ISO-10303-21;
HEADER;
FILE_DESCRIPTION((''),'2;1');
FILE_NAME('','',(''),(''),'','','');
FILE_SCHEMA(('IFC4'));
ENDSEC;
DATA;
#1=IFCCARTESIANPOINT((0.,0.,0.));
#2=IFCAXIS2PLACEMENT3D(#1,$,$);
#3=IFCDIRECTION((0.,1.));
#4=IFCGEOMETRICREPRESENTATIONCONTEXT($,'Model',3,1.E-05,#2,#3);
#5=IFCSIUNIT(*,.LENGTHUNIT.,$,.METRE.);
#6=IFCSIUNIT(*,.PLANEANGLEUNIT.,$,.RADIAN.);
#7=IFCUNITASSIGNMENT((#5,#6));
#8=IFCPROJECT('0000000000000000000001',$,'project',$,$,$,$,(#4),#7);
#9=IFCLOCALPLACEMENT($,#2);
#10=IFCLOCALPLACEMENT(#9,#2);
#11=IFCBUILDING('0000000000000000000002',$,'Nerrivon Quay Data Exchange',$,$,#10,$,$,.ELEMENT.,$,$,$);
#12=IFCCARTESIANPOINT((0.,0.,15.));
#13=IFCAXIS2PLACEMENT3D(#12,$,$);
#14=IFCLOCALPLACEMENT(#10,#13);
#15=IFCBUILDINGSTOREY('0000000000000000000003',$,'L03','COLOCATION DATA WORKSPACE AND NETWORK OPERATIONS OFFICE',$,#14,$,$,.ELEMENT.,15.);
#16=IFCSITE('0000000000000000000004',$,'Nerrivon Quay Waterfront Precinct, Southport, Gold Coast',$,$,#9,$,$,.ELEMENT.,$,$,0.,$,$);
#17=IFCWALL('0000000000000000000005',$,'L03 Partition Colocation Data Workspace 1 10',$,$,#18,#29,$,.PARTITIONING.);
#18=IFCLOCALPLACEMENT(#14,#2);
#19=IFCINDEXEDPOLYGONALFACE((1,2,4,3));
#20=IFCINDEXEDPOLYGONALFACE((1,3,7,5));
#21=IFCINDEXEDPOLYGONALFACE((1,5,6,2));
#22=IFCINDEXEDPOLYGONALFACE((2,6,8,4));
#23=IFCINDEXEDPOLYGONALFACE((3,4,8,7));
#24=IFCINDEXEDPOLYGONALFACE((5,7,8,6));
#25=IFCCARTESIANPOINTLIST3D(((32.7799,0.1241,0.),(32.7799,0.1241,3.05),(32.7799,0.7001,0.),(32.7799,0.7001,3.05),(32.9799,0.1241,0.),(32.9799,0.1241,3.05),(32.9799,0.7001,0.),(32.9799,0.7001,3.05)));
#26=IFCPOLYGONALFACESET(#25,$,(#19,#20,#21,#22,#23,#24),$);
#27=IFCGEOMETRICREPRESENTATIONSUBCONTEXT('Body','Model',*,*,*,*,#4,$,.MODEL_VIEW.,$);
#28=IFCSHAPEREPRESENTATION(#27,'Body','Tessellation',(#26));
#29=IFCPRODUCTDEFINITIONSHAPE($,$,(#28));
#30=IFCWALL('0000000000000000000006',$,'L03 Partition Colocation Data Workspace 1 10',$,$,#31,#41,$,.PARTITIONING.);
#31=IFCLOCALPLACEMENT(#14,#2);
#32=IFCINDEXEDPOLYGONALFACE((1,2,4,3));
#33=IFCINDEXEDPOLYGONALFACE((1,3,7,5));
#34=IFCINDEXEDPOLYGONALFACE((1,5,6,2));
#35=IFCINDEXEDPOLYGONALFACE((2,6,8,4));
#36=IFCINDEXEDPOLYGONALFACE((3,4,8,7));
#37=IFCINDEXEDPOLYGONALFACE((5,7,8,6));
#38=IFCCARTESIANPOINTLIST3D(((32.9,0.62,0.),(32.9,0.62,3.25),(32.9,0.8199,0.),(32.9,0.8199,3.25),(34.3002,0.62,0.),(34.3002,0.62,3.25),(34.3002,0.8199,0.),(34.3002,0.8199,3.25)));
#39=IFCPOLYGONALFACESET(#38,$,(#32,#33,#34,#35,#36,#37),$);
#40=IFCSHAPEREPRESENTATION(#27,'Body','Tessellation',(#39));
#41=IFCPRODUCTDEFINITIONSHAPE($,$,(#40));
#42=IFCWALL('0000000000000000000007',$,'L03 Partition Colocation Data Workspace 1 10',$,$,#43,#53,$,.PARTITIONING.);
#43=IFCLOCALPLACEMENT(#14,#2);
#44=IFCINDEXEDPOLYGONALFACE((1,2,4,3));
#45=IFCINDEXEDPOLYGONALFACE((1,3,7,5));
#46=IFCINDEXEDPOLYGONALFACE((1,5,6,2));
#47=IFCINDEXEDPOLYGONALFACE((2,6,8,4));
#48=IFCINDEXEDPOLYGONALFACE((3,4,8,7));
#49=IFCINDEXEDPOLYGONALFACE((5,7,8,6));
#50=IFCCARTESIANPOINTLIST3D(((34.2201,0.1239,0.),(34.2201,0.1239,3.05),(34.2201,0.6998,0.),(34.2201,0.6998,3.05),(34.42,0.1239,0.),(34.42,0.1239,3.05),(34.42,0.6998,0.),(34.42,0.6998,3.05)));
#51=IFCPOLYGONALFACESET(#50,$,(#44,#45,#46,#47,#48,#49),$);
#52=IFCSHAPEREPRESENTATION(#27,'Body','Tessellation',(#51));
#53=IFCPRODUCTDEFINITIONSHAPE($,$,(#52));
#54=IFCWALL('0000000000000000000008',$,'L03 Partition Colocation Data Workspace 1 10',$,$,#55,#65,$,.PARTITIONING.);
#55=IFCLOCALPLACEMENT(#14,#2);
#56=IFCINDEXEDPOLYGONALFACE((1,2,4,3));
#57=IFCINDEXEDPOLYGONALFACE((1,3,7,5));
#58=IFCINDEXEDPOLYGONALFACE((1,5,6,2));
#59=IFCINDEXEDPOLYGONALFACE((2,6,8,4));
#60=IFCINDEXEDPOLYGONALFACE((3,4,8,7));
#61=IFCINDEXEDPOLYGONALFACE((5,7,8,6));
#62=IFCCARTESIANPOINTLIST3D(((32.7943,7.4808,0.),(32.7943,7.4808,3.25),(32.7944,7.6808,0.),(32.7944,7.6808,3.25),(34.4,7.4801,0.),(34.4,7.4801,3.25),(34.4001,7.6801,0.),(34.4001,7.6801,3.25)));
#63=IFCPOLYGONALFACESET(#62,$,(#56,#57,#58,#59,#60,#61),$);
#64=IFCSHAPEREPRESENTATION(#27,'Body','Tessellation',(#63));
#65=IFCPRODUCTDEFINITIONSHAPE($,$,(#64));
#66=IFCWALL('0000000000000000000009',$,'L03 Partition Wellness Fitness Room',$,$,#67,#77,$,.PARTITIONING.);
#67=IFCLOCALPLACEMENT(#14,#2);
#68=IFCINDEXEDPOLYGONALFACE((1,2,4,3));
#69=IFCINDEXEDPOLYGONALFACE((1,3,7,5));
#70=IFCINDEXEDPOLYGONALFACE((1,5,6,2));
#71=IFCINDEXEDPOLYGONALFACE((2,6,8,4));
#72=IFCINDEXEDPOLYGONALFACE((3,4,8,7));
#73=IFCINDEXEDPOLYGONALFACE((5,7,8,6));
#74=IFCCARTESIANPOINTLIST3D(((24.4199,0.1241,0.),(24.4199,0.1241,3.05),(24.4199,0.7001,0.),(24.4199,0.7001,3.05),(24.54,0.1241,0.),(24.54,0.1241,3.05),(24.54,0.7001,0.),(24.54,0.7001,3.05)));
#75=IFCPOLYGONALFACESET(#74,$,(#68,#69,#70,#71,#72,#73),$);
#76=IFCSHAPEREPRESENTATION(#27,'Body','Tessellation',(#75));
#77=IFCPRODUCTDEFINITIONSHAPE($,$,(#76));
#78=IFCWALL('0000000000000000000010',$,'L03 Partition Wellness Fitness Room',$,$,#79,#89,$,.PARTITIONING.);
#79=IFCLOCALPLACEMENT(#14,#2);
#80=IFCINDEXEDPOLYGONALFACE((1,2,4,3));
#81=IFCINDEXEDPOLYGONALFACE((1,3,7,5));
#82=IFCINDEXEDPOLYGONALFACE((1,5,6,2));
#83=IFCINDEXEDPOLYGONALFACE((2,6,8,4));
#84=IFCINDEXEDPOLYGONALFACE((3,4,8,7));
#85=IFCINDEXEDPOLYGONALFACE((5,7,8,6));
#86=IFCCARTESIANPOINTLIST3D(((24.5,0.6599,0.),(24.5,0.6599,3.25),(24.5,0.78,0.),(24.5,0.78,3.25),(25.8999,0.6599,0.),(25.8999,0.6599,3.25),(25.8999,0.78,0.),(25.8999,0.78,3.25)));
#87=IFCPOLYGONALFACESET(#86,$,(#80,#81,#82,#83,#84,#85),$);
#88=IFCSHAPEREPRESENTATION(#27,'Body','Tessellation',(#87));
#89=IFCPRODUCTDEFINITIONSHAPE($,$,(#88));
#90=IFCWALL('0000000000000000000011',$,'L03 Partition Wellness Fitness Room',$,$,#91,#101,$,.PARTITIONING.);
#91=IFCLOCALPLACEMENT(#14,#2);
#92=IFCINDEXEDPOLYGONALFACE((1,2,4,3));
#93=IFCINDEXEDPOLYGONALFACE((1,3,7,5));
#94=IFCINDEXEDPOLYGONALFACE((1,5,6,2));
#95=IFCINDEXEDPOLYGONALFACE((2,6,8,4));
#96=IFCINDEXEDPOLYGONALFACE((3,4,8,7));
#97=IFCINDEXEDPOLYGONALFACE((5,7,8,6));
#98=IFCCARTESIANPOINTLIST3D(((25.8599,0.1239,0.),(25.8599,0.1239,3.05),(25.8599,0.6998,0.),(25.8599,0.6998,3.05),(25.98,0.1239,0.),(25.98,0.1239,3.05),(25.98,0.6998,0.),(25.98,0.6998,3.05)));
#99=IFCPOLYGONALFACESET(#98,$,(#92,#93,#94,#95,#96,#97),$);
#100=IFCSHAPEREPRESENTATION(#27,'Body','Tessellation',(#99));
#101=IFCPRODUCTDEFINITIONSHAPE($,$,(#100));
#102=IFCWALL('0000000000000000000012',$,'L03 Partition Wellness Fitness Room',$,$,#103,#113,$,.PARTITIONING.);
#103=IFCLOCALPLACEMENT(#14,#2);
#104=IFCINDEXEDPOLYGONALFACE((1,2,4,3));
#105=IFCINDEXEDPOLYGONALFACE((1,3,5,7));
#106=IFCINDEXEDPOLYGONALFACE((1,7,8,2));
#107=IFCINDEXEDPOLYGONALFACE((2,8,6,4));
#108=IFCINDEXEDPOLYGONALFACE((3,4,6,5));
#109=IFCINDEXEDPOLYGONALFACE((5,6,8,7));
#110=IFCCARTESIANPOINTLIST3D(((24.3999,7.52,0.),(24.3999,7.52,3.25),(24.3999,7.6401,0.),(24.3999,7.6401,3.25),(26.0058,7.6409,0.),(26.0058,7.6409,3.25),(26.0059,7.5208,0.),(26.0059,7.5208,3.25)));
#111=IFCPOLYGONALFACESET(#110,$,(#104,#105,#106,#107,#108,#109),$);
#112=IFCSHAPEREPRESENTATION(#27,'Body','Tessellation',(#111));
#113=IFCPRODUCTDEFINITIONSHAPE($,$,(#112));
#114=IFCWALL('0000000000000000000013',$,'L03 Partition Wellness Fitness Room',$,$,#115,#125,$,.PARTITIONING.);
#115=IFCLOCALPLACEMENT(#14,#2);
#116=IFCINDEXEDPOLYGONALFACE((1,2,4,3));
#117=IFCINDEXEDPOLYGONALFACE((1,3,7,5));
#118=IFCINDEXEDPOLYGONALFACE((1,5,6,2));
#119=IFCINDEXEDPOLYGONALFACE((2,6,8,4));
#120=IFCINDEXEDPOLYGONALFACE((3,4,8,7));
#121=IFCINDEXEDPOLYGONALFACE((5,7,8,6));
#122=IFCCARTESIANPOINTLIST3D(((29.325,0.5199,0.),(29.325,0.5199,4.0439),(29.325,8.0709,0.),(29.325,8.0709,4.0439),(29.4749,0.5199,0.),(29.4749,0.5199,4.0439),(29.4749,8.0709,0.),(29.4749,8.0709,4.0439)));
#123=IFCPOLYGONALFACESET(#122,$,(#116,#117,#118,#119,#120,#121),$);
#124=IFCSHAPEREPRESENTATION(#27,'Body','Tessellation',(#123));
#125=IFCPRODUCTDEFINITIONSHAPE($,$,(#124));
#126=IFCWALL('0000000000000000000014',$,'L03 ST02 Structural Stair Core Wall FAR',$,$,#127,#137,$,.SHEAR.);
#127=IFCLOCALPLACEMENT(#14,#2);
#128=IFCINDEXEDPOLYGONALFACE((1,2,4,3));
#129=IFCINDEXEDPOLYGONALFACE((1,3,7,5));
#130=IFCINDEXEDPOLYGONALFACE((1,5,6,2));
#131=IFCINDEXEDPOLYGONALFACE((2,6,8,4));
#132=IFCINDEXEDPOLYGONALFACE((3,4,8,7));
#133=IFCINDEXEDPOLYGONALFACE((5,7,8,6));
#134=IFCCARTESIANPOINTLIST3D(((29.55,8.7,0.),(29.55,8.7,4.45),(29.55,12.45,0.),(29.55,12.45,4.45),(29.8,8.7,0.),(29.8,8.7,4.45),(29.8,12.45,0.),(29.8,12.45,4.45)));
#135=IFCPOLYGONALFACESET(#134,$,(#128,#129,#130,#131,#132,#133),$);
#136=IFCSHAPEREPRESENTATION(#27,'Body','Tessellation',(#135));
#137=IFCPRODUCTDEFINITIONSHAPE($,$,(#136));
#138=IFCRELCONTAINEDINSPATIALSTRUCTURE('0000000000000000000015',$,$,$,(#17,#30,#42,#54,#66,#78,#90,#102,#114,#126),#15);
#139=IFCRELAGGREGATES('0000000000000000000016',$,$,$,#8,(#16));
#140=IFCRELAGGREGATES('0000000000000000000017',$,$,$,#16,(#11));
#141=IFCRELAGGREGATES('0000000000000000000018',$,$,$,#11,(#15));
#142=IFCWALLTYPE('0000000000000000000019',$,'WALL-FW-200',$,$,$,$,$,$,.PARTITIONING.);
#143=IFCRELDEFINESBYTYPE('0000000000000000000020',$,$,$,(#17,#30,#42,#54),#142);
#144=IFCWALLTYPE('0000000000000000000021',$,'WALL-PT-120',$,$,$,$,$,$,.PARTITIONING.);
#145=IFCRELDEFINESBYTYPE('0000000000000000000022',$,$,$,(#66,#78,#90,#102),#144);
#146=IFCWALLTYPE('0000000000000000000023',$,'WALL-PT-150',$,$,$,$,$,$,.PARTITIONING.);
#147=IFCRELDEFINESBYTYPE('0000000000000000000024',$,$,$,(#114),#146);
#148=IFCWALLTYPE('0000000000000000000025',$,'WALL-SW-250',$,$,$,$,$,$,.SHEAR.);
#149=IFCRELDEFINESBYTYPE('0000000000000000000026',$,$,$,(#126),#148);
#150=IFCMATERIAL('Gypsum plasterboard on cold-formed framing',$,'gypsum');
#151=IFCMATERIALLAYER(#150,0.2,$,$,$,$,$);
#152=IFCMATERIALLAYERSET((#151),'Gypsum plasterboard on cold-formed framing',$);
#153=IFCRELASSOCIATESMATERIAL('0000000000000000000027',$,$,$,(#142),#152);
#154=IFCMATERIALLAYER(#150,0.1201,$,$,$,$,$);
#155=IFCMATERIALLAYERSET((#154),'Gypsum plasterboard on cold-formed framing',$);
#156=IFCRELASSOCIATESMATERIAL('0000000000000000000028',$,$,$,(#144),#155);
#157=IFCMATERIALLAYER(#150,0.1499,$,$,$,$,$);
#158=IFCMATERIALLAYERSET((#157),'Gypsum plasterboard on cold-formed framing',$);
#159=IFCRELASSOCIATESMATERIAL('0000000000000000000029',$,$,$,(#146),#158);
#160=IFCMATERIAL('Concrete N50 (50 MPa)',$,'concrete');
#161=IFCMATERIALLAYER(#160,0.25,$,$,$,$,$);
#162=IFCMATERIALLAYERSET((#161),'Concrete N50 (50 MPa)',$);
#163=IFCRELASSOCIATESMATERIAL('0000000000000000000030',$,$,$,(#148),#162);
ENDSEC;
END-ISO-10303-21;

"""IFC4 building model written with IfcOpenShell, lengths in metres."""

from ifc_helpers import new_model, si_unit, direction, frame, frame_2d, origin, place, context, subcontext, project, spatial, rectangle, extrude, material, layer, layer_set, type_object, element, save


model = new_model("IFC4")

# Units and contexts
model_context = context("Model", 3, precision=1e-05, world=origin(), true_north=direction((0.0, 1.0)))
body_context = subcontext(model_context, "Body", "Model", "MODEL_VIEW")
ifc_project = project(units=[si_unit("LENGTHUNIT", "METRE"), si_unit("PLANEANGLEUNIT", "RADIAN")], contexts=[model_context])

# Site, building, storey
site_placement = place(None, origin())
site = spatial("IfcSite", under=ifc_project, at=site_placement, Name="Nerrivon Quay Waterfront Precinct, Southport, Gold Coast", CompositionType="ELEMENT", RefElevation=0.0)
building_placement = place(site_placement, origin())
building = spatial("IfcBuilding", under=site, at=building_placement, Name="Nerrivon Quay Data Exchange", CompositionType="ELEMENT")
storey_placement = place(building_placement, frame((0.0, 0.0, 15.0)))
storey = spatial("IfcBuildingStorey", under=building, at=storey_placement, Name="L03", Description="COLOCATION DATA WORKSPACE AND NETWORK OPERATIONS OFFICE", CompositionType="ELEMENT", Elevation=15.0)

# Shared definitions
ifc_material_1 = material(Name="Concrete N50 (50 MPa)", Category="concrete")

# Walls
ifc_material_2 = material(Name="Gypsum plasterboard on cold-formed framing", Category="gypsum")
ifc_layer_1 = layer(ifc_material_2, 0.2)
ifc_layer_set_1 = layer_set([ifc_layer_1], Name="Gypsum plasterboard on cold-formed framing")
wall_type_1 = type_object("IfcWallType", Name="WALL-FW-200", PredefinedType="PARTITIONING", material=ifc_layer_set_1)
wall_1_placement = place(storey_placement, frame((32.8799, 0.124, 0.0), z_axis=(0.0, 0.0, 1.0), x_axis=(0.0, 1.0, 0.0)))
element("IfcWall", 1, at=wall_1_placement, inside=storey, type_object=wall_type_1, Name="L03 Partition Colocation Data Workspace 1 10", PredefinedType="PARTITIONING", context=body_context, shape_type="SweptSolid", body=[
    extrude(rectangle(XDim=0.5759, YDim=0.2, at=frame_2d((0.2881, 0.0))), origin(), (0.0, 0.0, 1.0), 3.05),
])
wall_2_placement = place(storey_placement, frame((32.8999, 0.72, 0.0), z_axis=(0.0, 0.0, 1.0), x_axis=(1.0, 0.0, 0.0)))
element("IfcWall", 2, at=wall_2_placement, inside=storey, type_object=wall_type_1, Name="L03 Partition Colocation Data Workspace 1 10", PredefinedType="PARTITIONING", context=body_context, shape_type="SweptSolid", body=[
    extrude(rectangle(XDim=1.4001, YDim=0.2, at=frame_2d((0.7002, 0.0))), origin(), (0.0, 0.0, 1.0), 3.25),
])
wall_3_placement = place(storey_placement, frame((34.3201, 0.7, 0.0), z_axis=(0.0, 0.0, 1.0), x_axis=(0.0, -1.0, 0.0)))
element("IfcWall", 3, at=wall_3_placement, inside=storey, type_object=wall_type_1, Name="L03 Partition Colocation Data Workspace 1 10", PredefinedType="PARTITIONING", context=body_context, shape_type="SweptSolid", body=[
    extrude(rectangle(XDim=0.5759, YDim=0.2, at=frame_2d((0.2881, 0.0))), origin(), (0.0, 0.0, 1.0), 3.05),
])
wall_4_placement = place(storey_placement, frame((34.3999, 7.5801, 0.0), z_axis=(0.0, 0.0, 1.0), x_axis=(-1.0, 0.000456, 0.0)))
element("IfcWall", 4, at=wall_4_placement, inside=storey, type_object=wall_type_1, Name="L03 Partition Colocation Data Workspace 1 10", PredefinedType="PARTITIONING", context=body_context, shape_type="SweptSolid", body=[
    extrude(rectangle(XDim=1.6057, YDim=0.2, at=frame_2d((0.8027, 0.0))), origin(), (0.0, 0.0, 1.0), 3.25),
])
ifc_layer_2 = layer(ifc_material_2, 0.1201)
ifc_layer_set_2 = layer_set([ifc_layer_2], Name="Gypsum plasterboard on cold-formed framing")
wall_type_2 = type_object("IfcWallType", Name="WALL-PT-120", PredefinedType="PARTITIONING", material=ifc_layer_set_2)
wall_5_placement = place(storey_placement, frame((24.48, 0.124, 0.0), z_axis=(0.0, 0.0, 1.0), x_axis=(0.0, 1.0, 0.0)))
element("IfcWall", 5, at=wall_5_placement, inside=storey, type_object=wall_type_2, Name="L03 Partition Wellness Fitness Room", PredefinedType="PARTITIONING", context=body_context, shape_type="SweptSolid", body=[
    extrude(rectangle(XDim=0.5759, YDim=0.1201, at=frame_2d((0.2881, 0.0))), origin(), (0.0, 0.0, 1.0), 3.05),
])
wall_6_placement = place(storey_placement, frame((24.5, 0.72, 0.0), z_axis=(0.0, 0.0, 1.0), x_axis=(1.0, 0.0, 0.0)))
element("IfcWall", 6, at=wall_6_placement, inside=storey, type_object=wall_type_2, Name="L03 Partition Wellness Fitness Room", PredefinedType="PARTITIONING", context=body_context, shape_type="SweptSolid", body=[
    extrude(rectangle(XDim=1.3999, YDim=0.1201, at=frame_2d((0.7, 0.0))), origin(), (0.0, 0.0, 1.0), 3.25),
])
wall_7_placement = place(storey_placement, frame((25.9199, 0.7, 0.0), z_axis=(0.0, 0.0, 1.0), x_axis=(0.0, -1.0, 0.0)))
element("IfcWall", 7, at=wall_7_placement, inside=storey, type_object=wall_type_2, Name="L03 Partition Wellness Fitness Room", PredefinedType="PARTITIONING", context=body_context, shape_type="SweptSolid", body=[
    extrude(rectangle(XDim=0.5759, YDim=0.1201, at=frame_2d((0.2881, 0.0))), origin(), (0.0, 0.0, 1.0), 3.05),
])
wall_8_placement = place(storey_placement, frame((26.0059, 7.5808, 0.0), z_axis=(0.0, 0.0, 1.0), x_axis=(-1.0, -0.000456, 0.0)))
element("IfcWall", 8, at=wall_8_placement, inside=storey, type_object=wall_type_2, Name="L03 Partition Wellness Fitness Room", PredefinedType="PARTITIONING", context=body_context, shape_type="SweptSolid", body=[
    extrude(rectangle(XDim=1.606, YDim=0.1201, at=frame_2d((0.803, 0.0))), origin(), (0.0, 0.0, 1.0), 3.25),
])
ifc_layer_3 = layer(ifc_material_2, 0.1499)
ifc_layer_set_3 = layer_set([ifc_layer_3], Name="Gypsum plasterboard on cold-formed framing")
wall_type_3 = type_object("IfcWallType", Name="WALL-PT-150", PredefinedType="PARTITIONING", material=ifc_layer_set_3)
wall_9_placement = place(storey_placement, frame((29.3999, 0.52, 0.0), z_axis=(0.0, 0.0, 1.0), x_axis=(0.0, 1.0, 0.0)))
element("IfcWall", 9, at=wall_9_placement, inside=storey, type_object=wall_type_3, Name="L03 Partition Wellness Fitness Room", PredefinedType="PARTITIONING", context=body_context, shape_type="SweptSolid", body=[
    extrude(rectangle(XDim=7.551, YDim=0.1499, at=frame_2d((3.7754, 0.0))), origin(), (0.0, 0.0, 1.0), 4.0439),
])
ifc_layer_4 = layer(ifc_material_1, 0.25)
ifc_layer_set_4 = layer_set([ifc_layer_4], Name="Concrete N50 (50 MPa)")
wall_type_4 = type_object("IfcWallType", Name="WALL-SW-250", PredefinedType="SHEAR", material=ifc_layer_set_4)
wall_10_placement = place(storey_placement, frame((29.675, 8.7, 0.0), z_axis=(0.0, 0.0, 1.0), x_axis=(0.0, 1.0, 0.0)))
element("IfcWall", 10, at=wall_10_placement, inside=storey, type_object=wall_type_4, Name="L03 ST02 Structural Stair Core Wall FAR", PredefinedType="SHEAR", context=body_context, shape_type="SweptSolid", body=[
    extrude(rectangle(XDim=3.75, YDim=0.25, at=frame_2d((1.875, 0.0))), origin(), (0.0, 0.0, 1.0), 4.45),
])

save(model, "model.ifc")
